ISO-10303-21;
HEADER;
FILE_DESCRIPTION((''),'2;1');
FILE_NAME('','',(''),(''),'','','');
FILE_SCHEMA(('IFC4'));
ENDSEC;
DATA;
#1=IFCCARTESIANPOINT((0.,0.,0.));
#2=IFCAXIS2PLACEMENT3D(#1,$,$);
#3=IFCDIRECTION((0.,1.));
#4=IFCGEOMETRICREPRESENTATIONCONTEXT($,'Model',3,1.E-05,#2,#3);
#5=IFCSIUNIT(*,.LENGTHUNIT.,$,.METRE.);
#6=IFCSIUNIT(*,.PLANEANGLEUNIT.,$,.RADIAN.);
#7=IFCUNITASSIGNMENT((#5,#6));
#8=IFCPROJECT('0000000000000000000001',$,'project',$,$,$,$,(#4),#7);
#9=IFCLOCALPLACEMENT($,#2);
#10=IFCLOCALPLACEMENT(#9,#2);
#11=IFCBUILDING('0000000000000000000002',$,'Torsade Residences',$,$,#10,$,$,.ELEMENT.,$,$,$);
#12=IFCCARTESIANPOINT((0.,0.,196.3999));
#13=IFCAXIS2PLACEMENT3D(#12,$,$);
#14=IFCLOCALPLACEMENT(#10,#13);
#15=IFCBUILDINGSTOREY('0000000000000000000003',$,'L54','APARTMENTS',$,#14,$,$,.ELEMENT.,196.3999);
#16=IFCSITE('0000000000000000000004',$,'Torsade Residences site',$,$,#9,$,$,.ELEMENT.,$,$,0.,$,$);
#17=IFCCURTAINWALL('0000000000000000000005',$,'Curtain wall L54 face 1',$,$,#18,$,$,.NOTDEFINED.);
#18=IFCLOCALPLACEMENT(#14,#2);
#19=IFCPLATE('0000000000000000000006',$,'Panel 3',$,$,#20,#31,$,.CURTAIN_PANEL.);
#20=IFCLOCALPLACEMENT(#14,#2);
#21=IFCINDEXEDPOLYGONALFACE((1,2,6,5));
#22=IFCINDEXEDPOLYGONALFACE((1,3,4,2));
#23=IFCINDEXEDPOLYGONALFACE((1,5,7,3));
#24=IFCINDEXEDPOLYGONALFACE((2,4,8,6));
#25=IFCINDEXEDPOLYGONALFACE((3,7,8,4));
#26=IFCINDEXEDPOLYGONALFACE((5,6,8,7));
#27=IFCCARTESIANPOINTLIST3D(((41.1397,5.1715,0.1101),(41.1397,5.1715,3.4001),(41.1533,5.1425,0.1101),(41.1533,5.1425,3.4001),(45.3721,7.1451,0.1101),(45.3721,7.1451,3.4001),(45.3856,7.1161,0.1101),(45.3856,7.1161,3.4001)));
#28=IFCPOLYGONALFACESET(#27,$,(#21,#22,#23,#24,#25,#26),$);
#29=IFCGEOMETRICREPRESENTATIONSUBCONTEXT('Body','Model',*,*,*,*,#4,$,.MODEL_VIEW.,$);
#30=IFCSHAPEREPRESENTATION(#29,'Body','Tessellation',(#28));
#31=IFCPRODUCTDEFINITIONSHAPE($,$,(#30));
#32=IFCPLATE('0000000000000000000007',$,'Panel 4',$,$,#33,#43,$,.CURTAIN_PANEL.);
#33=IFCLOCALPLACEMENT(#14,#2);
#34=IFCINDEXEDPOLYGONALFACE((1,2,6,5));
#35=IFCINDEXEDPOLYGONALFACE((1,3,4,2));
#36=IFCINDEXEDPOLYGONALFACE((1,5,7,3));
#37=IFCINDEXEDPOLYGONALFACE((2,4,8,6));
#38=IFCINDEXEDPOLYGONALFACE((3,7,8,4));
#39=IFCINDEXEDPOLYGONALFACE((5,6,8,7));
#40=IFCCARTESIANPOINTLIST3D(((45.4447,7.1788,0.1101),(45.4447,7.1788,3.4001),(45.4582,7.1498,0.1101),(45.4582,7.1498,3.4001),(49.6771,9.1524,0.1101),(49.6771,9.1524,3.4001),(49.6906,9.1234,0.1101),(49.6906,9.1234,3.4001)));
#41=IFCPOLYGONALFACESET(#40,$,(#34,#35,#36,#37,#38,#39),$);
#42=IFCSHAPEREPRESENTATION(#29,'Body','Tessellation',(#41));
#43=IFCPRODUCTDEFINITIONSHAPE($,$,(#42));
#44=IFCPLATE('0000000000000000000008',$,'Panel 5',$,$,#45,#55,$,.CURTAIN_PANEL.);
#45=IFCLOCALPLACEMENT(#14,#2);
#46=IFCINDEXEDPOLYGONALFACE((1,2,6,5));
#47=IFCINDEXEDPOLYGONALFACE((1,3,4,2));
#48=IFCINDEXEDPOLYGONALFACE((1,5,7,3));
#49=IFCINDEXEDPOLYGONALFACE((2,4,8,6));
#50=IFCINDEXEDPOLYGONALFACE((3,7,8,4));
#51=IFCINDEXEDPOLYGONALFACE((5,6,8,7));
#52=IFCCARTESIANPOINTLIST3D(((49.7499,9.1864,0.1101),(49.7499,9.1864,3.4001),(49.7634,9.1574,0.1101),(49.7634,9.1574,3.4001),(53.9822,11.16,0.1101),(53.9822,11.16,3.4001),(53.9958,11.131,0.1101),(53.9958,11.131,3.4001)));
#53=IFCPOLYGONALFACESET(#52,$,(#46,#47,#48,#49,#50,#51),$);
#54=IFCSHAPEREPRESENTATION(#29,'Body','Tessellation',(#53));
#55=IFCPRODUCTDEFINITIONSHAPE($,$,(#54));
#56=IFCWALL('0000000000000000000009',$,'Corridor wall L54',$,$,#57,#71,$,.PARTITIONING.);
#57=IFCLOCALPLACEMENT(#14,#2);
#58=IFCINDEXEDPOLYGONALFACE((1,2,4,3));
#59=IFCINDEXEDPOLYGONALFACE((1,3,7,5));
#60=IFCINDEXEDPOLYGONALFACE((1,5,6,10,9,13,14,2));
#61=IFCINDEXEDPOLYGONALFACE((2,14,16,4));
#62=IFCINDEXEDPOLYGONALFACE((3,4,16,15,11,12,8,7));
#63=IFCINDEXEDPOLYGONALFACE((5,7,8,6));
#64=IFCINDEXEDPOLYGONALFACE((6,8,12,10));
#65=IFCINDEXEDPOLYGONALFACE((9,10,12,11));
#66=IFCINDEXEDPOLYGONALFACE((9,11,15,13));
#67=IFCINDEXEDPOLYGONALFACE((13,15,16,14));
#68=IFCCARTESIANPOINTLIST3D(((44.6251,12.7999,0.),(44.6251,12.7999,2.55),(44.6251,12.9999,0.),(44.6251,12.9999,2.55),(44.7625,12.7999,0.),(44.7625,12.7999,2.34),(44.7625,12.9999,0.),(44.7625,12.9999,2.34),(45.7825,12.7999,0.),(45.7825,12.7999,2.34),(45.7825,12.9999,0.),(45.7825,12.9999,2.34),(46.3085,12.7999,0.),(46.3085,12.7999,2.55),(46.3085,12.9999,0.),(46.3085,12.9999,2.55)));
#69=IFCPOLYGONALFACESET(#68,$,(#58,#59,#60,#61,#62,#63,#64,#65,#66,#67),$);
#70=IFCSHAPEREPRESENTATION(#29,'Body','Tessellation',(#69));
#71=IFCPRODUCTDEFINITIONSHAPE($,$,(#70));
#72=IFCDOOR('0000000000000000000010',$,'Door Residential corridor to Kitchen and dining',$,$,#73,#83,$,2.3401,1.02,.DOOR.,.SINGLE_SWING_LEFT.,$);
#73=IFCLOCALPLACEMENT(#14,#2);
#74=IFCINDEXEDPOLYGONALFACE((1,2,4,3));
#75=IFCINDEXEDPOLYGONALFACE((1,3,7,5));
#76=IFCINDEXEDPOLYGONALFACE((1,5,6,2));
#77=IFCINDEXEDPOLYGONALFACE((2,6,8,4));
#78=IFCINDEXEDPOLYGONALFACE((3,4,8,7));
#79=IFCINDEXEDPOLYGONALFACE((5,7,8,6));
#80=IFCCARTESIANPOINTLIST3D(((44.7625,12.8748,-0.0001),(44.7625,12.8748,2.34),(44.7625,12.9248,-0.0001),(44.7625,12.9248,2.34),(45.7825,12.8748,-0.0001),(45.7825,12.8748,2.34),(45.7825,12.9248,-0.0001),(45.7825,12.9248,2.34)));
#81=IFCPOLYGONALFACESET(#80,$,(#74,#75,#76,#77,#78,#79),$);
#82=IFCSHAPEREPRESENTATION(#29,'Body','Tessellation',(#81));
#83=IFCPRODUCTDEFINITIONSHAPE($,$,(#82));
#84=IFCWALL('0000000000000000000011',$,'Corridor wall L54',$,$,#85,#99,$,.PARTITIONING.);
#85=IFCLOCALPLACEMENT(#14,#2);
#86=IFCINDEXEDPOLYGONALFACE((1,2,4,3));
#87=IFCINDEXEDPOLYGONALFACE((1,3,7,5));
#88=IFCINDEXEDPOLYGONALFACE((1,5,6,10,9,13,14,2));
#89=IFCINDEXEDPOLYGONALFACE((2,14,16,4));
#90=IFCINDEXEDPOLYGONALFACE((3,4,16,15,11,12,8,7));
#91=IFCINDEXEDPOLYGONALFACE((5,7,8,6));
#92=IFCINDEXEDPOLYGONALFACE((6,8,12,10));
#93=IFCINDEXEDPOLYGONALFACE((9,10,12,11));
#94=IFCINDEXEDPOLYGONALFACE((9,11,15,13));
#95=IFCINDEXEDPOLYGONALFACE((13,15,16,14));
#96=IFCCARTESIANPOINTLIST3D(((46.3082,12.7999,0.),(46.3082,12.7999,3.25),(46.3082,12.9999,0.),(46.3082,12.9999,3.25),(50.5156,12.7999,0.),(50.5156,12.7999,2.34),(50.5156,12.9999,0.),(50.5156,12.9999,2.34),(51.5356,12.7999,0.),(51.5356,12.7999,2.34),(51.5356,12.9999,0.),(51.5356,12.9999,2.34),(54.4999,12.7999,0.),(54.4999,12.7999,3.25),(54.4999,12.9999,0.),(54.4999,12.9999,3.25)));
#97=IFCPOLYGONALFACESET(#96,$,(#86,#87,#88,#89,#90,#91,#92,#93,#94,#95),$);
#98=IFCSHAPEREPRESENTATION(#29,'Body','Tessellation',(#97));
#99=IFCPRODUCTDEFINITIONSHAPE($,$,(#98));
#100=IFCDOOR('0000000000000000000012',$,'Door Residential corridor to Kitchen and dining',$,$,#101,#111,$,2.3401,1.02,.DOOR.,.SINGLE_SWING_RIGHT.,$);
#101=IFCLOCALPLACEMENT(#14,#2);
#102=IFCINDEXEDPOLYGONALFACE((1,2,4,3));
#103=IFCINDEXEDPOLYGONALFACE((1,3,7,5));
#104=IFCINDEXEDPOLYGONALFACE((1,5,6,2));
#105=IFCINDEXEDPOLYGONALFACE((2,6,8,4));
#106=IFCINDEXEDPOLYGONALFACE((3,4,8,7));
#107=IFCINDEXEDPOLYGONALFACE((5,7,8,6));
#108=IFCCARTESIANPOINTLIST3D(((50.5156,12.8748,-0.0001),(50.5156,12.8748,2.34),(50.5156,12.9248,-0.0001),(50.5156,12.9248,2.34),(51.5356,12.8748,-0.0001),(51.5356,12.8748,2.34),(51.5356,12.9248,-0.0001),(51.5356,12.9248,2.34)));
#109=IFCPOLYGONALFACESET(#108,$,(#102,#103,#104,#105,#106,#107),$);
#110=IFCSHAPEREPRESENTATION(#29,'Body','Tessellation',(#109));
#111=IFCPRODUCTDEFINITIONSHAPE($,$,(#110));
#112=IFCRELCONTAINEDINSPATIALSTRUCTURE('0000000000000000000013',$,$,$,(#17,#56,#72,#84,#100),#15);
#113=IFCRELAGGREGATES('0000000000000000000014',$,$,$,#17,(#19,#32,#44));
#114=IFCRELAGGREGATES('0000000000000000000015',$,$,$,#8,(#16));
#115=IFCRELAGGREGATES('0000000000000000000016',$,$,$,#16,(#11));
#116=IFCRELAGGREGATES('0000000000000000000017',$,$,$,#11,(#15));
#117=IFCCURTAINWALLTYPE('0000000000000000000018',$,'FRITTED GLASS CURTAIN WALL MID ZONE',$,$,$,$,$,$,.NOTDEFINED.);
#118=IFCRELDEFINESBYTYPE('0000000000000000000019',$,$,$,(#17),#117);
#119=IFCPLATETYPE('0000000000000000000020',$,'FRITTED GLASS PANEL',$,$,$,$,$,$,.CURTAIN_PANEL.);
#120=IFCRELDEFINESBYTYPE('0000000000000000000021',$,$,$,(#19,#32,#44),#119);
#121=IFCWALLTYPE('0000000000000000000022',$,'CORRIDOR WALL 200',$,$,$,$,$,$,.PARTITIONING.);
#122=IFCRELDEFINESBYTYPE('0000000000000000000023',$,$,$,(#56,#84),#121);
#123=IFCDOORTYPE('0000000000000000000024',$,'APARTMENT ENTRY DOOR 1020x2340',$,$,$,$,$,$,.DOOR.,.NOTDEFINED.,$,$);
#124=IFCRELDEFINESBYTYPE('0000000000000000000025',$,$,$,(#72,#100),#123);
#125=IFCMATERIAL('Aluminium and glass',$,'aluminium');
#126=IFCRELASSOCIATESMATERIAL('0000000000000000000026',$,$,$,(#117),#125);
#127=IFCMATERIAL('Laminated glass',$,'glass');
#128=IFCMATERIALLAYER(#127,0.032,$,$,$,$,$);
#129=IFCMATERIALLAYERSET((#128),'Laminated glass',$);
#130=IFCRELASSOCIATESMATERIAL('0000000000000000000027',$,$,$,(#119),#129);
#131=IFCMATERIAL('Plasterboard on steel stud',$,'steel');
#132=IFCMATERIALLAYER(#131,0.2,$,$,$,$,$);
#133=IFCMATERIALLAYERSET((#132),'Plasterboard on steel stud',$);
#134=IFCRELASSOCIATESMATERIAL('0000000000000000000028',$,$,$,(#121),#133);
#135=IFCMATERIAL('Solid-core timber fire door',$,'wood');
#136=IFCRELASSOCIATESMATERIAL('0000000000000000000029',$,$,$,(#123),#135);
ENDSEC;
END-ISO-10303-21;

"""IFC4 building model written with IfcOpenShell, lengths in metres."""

from ifc_helpers import new_model, si_unit, direction, frame, frame_2d, origin, origin_2d, place, context, subcontext, project, spatial, rectangle, extrude, material, layer, layer_set, type_object, element, fill, aggregate, save


model = new_model("IFC4")

# Units and contexts
model_context = context("Model", 3, precision=1e-05, world=origin(), true_north=direction((0.0, 1.0)))
body_context = subcontext(model_context, "Body", "Model", "MODEL_VIEW")
ifc_project = project(units=[si_unit("LENGTHUNIT", "METRE"), si_unit("PLANEANGLEUNIT", "RADIAN")], contexts=[model_context])

# Site, building, storey
site_placement = place(None, origin())
site = spatial("IfcSite", under=ifc_project, at=site_placement, Name="Torsade Residences site", CompositionType="ELEMENT", RefElevation=0.0)
building_placement = place(site_placement, origin())
building = spatial("IfcBuilding", under=site, at=building_placement, Name="Torsade Residences", CompositionType="ELEMENT")
storey_placement = place(building_placement, frame((0.0, 0.0, 196.3999)))
storey = spatial("IfcBuildingStorey", under=building, at=storey_placement, Name="L54", Description="APARTMENTS", CompositionType="ELEMENT", Elevation=196.3999)

# Curtain wall
ifc_material_1 = material(Name="Aluminium and glass", Category="aluminium")
curtain_wall_type = type_object("IfcCurtainWallType", Name="FRITTED GLASS CURTAIN WALL MID ZONE", PredefinedType="NOTDEFINED", material=ifc_material_1)
curtain_wall_placement = place(storey_placement, origin())
curtain_wall = element("IfcCurtainWall", 1, at=curtain_wall_placement, inside=storey, type_object=curtain_wall_type, Name="Curtain wall L54 face 1", PredefinedType="NOTDEFINED")

# Plates
ifc_material_2 = material(Name="Laminated glass", Category="glass")
ifc_layer_1 = layer(ifc_material_2, 0.032)
ifc_layer_set_1 = layer_set([ifc_layer_1], Name="Laminated glass")
plate_type = type_object("IfcPlateType", Name="FRITTED GLASS PANEL", PredefinedType="CURTAIN_PANEL", material=ifc_layer_set_1)
plate_1_placement = place(storey_placement, frame((43.2627, 6.1438, 0.1101), z_axis=(0.0, 0.0, 1.0), x_axis=(0.906308, 0.422618, 0.0)))
plate_1 = element("IfcPlate", 2, at=plate_1_placement, type_object=plate_type, Name="Panel 3", PredefinedType="CURTAIN_PANEL", context=body_context, shape_type="SweptSolid", body=[
    extrude(rectangle(XDim=4.6699, YDim=0.032, at=origin_2d()), origin(), (0.0, 0.0, 1.0), 3.29),
])
plate_2_placement = place(storey_placement, frame((47.5676, 8.1511, 0.1101), z_axis=(0.0, 0.0, 1.0), x_axis=(0.906308, 0.422618, 0.0)))
plate_2 = element("IfcPlate", 3, at=plate_2_placement, type_object=plate_type, Name="Panel 4", PredefinedType="CURTAIN_PANEL", context=body_context, shape_type="SweptSolid", body=[
    extrude(rectangle(XDim=4.6699, YDim=0.032, at=origin_2d()), origin(), (0.0, 0.0, 1.0), 3.29),
])
plate_3_placement = place(storey_placement, frame((51.8728, 10.1587, 0.1101), z_axis=(0.0, 0.0, 1.0), x_axis=(0.906308, 0.422618, 0.0)))
plate_3 = element("IfcPlate", 4, at=plate_3_placement, type_object=plate_type, Name="Panel 5", PredefinedType="CURTAIN_PANEL", context=body_context, shape_type="SweptSolid", body=[
    extrude(rectangle(XDim=4.6699, YDim=0.032, at=origin_2d()), origin(), (0.0, 0.0, 1.0), 3.29),
])
aggregate(curtain_wall, [plate_1, plate_2, plate_3])

# Walls, openings, doors
ifc_material_3 = material(Name="Plasterboard on steel stud", Category="steel")
ifc_layer_2 = layer(ifc_material_3, 0.2)
ifc_layer_set_2 = layer_set([ifc_layer_2], Name="Plasterboard on steel stud")
wall_type_1 = type_object("IfcWallType", Name="CORRIDOR WALL 200", PredefinedType="PARTITIONING", material=ifc_layer_set_2)
wall_1_placement = place(storey_placement, frame((44.625, 12.8999, 0.0), z_axis=(0.0, 0.0, 1.0), x_axis=(1.0, 0.0, 0.0)))
wall_1 = element("IfcWall", 5, at=wall_1_placement, inside=storey, type_object=wall_type_1, Name="Corridor wall L54", PredefinedType="PARTITIONING", context=body_context, shape_type="SweptSolid", body=[
    extrude(rectangle(XDim=1.6833, YDim=0.2, at=frame_2d((0.8418, 0.0))), origin(), (0.0, 0.0, 1.0), 2.55),
])
opening_1_placement = place(wall_1_placement, frame((0.1375, 0.0, 0.0)))
opening_1 = element("IfcOpeningElement", 6, at=opening_1_placement, cuts=wall_1, PredefinedType="OPENING", context=body_context, shape_type="SweptSolid", body=[
    extrude(rectangle(XDim=1.02, YDim=2.3401, at=frame_2d((0.51, 1.1699))), frame((0.0, 0.1099, 0.0), z_axis=(0.0, -1.0, 0.0), x_axis=(1.0, 0.0, 0.0)), (0.0, 0.0, 1.0), 0.22),
])
ifc_material_4 = material(Name="Solid-core timber fire door", Category="wood")
door_type_1 = type_object("IfcDoorType", Name="APARTMENT ENTRY DOOR 1020x2340", OperationType="NOTDEFINED", PredefinedType="DOOR", material=ifc_material_4)
door_1_placement = place(opening_1_placement, origin())
door_1 = element("IfcDoor", 7, at=door_1_placement, inside=storey, type_object=door_type_1, Name="Door Residential corridor to Kitchen and dining", OperationType="SINGLE_SWING_LEFT", OverallHeight=2.3401, OverallWidth=1.02, PredefinedType="DOOR", context=body_context, shape_type="SweptSolid", body=[
    extrude(rectangle(XDim=1.02, YDim=2.3401, at=frame_2d((0.51, 1.1699))), frame((0.0, 0.0249, 0.0), z_axis=(0.0, -1.0, 0.0), x_axis=(1.0, 0.0, 0.0)), (0.0, 0.0, 1.0), 0.05),
])
fill(opening_1, door_1)
wall_2_placement = place(storey_placement, frame((46.3083, 12.8999, 0.0), z_axis=(0.0, 0.0, 1.0), x_axis=(1.0, 0.0, 0.0)))
wall_2 = element("IfcWall", 8, at=wall_2_placement, inside=storey, type_object=wall_type_1, Name="Corridor wall L54", PredefinedType="PARTITIONING", context=body_context, shape_type="SweptSolid", body=[
    extrude(rectangle(XDim=8.1917, YDim=0.2, at=frame_2d((4.0957, 0.0))), origin(), (0.0, 0.0, 1.0), 3.25),
])
opening_2_placement = place(wall_2_placement, frame((4.2073, 0.0, 0.0)))
opening_2 = element("IfcOpeningElement", 9, at=opening_2_placement, cuts=wall_2, PredefinedType="OPENING", context=body_context, shape_type="SweptSolid", body=[
    extrude(rectangle(XDim=1.02, YDim=2.3401, at=frame_2d((0.51, 1.1699))), frame((0.0, 0.1099, 0.0), z_axis=(0.0, -1.0, 0.0), x_axis=(1.0, 0.0, 0.0)), (0.0, 0.0, 1.0), 0.22),
])
door_2_placement = place(opening_2_placement, origin())
door_2 = element("IfcDoor", 10, at=door_2_placement, inside=storey, type_object=door_type_1, Name="Door Residential corridor to Kitchen and dining", OperationType="SINGLE_SWING_RIGHT", OverallHeight=2.3401, OverallWidth=1.02, PredefinedType="DOOR", context=body_context, shape_type="SweptSolid", body=[
    extrude(rectangle(XDim=1.02, YDim=2.3401, at=frame_2d((0.51, 1.1699))), frame((0.0, 0.0249, 0.0), z_axis=(0.0, -1.0, 0.0), x_axis=(1.0, 0.0, 0.0)), (0.0, 0.0, 1.0), 0.05),
])
fill(opening_2, door_2)

save(model, "model.ifc")
